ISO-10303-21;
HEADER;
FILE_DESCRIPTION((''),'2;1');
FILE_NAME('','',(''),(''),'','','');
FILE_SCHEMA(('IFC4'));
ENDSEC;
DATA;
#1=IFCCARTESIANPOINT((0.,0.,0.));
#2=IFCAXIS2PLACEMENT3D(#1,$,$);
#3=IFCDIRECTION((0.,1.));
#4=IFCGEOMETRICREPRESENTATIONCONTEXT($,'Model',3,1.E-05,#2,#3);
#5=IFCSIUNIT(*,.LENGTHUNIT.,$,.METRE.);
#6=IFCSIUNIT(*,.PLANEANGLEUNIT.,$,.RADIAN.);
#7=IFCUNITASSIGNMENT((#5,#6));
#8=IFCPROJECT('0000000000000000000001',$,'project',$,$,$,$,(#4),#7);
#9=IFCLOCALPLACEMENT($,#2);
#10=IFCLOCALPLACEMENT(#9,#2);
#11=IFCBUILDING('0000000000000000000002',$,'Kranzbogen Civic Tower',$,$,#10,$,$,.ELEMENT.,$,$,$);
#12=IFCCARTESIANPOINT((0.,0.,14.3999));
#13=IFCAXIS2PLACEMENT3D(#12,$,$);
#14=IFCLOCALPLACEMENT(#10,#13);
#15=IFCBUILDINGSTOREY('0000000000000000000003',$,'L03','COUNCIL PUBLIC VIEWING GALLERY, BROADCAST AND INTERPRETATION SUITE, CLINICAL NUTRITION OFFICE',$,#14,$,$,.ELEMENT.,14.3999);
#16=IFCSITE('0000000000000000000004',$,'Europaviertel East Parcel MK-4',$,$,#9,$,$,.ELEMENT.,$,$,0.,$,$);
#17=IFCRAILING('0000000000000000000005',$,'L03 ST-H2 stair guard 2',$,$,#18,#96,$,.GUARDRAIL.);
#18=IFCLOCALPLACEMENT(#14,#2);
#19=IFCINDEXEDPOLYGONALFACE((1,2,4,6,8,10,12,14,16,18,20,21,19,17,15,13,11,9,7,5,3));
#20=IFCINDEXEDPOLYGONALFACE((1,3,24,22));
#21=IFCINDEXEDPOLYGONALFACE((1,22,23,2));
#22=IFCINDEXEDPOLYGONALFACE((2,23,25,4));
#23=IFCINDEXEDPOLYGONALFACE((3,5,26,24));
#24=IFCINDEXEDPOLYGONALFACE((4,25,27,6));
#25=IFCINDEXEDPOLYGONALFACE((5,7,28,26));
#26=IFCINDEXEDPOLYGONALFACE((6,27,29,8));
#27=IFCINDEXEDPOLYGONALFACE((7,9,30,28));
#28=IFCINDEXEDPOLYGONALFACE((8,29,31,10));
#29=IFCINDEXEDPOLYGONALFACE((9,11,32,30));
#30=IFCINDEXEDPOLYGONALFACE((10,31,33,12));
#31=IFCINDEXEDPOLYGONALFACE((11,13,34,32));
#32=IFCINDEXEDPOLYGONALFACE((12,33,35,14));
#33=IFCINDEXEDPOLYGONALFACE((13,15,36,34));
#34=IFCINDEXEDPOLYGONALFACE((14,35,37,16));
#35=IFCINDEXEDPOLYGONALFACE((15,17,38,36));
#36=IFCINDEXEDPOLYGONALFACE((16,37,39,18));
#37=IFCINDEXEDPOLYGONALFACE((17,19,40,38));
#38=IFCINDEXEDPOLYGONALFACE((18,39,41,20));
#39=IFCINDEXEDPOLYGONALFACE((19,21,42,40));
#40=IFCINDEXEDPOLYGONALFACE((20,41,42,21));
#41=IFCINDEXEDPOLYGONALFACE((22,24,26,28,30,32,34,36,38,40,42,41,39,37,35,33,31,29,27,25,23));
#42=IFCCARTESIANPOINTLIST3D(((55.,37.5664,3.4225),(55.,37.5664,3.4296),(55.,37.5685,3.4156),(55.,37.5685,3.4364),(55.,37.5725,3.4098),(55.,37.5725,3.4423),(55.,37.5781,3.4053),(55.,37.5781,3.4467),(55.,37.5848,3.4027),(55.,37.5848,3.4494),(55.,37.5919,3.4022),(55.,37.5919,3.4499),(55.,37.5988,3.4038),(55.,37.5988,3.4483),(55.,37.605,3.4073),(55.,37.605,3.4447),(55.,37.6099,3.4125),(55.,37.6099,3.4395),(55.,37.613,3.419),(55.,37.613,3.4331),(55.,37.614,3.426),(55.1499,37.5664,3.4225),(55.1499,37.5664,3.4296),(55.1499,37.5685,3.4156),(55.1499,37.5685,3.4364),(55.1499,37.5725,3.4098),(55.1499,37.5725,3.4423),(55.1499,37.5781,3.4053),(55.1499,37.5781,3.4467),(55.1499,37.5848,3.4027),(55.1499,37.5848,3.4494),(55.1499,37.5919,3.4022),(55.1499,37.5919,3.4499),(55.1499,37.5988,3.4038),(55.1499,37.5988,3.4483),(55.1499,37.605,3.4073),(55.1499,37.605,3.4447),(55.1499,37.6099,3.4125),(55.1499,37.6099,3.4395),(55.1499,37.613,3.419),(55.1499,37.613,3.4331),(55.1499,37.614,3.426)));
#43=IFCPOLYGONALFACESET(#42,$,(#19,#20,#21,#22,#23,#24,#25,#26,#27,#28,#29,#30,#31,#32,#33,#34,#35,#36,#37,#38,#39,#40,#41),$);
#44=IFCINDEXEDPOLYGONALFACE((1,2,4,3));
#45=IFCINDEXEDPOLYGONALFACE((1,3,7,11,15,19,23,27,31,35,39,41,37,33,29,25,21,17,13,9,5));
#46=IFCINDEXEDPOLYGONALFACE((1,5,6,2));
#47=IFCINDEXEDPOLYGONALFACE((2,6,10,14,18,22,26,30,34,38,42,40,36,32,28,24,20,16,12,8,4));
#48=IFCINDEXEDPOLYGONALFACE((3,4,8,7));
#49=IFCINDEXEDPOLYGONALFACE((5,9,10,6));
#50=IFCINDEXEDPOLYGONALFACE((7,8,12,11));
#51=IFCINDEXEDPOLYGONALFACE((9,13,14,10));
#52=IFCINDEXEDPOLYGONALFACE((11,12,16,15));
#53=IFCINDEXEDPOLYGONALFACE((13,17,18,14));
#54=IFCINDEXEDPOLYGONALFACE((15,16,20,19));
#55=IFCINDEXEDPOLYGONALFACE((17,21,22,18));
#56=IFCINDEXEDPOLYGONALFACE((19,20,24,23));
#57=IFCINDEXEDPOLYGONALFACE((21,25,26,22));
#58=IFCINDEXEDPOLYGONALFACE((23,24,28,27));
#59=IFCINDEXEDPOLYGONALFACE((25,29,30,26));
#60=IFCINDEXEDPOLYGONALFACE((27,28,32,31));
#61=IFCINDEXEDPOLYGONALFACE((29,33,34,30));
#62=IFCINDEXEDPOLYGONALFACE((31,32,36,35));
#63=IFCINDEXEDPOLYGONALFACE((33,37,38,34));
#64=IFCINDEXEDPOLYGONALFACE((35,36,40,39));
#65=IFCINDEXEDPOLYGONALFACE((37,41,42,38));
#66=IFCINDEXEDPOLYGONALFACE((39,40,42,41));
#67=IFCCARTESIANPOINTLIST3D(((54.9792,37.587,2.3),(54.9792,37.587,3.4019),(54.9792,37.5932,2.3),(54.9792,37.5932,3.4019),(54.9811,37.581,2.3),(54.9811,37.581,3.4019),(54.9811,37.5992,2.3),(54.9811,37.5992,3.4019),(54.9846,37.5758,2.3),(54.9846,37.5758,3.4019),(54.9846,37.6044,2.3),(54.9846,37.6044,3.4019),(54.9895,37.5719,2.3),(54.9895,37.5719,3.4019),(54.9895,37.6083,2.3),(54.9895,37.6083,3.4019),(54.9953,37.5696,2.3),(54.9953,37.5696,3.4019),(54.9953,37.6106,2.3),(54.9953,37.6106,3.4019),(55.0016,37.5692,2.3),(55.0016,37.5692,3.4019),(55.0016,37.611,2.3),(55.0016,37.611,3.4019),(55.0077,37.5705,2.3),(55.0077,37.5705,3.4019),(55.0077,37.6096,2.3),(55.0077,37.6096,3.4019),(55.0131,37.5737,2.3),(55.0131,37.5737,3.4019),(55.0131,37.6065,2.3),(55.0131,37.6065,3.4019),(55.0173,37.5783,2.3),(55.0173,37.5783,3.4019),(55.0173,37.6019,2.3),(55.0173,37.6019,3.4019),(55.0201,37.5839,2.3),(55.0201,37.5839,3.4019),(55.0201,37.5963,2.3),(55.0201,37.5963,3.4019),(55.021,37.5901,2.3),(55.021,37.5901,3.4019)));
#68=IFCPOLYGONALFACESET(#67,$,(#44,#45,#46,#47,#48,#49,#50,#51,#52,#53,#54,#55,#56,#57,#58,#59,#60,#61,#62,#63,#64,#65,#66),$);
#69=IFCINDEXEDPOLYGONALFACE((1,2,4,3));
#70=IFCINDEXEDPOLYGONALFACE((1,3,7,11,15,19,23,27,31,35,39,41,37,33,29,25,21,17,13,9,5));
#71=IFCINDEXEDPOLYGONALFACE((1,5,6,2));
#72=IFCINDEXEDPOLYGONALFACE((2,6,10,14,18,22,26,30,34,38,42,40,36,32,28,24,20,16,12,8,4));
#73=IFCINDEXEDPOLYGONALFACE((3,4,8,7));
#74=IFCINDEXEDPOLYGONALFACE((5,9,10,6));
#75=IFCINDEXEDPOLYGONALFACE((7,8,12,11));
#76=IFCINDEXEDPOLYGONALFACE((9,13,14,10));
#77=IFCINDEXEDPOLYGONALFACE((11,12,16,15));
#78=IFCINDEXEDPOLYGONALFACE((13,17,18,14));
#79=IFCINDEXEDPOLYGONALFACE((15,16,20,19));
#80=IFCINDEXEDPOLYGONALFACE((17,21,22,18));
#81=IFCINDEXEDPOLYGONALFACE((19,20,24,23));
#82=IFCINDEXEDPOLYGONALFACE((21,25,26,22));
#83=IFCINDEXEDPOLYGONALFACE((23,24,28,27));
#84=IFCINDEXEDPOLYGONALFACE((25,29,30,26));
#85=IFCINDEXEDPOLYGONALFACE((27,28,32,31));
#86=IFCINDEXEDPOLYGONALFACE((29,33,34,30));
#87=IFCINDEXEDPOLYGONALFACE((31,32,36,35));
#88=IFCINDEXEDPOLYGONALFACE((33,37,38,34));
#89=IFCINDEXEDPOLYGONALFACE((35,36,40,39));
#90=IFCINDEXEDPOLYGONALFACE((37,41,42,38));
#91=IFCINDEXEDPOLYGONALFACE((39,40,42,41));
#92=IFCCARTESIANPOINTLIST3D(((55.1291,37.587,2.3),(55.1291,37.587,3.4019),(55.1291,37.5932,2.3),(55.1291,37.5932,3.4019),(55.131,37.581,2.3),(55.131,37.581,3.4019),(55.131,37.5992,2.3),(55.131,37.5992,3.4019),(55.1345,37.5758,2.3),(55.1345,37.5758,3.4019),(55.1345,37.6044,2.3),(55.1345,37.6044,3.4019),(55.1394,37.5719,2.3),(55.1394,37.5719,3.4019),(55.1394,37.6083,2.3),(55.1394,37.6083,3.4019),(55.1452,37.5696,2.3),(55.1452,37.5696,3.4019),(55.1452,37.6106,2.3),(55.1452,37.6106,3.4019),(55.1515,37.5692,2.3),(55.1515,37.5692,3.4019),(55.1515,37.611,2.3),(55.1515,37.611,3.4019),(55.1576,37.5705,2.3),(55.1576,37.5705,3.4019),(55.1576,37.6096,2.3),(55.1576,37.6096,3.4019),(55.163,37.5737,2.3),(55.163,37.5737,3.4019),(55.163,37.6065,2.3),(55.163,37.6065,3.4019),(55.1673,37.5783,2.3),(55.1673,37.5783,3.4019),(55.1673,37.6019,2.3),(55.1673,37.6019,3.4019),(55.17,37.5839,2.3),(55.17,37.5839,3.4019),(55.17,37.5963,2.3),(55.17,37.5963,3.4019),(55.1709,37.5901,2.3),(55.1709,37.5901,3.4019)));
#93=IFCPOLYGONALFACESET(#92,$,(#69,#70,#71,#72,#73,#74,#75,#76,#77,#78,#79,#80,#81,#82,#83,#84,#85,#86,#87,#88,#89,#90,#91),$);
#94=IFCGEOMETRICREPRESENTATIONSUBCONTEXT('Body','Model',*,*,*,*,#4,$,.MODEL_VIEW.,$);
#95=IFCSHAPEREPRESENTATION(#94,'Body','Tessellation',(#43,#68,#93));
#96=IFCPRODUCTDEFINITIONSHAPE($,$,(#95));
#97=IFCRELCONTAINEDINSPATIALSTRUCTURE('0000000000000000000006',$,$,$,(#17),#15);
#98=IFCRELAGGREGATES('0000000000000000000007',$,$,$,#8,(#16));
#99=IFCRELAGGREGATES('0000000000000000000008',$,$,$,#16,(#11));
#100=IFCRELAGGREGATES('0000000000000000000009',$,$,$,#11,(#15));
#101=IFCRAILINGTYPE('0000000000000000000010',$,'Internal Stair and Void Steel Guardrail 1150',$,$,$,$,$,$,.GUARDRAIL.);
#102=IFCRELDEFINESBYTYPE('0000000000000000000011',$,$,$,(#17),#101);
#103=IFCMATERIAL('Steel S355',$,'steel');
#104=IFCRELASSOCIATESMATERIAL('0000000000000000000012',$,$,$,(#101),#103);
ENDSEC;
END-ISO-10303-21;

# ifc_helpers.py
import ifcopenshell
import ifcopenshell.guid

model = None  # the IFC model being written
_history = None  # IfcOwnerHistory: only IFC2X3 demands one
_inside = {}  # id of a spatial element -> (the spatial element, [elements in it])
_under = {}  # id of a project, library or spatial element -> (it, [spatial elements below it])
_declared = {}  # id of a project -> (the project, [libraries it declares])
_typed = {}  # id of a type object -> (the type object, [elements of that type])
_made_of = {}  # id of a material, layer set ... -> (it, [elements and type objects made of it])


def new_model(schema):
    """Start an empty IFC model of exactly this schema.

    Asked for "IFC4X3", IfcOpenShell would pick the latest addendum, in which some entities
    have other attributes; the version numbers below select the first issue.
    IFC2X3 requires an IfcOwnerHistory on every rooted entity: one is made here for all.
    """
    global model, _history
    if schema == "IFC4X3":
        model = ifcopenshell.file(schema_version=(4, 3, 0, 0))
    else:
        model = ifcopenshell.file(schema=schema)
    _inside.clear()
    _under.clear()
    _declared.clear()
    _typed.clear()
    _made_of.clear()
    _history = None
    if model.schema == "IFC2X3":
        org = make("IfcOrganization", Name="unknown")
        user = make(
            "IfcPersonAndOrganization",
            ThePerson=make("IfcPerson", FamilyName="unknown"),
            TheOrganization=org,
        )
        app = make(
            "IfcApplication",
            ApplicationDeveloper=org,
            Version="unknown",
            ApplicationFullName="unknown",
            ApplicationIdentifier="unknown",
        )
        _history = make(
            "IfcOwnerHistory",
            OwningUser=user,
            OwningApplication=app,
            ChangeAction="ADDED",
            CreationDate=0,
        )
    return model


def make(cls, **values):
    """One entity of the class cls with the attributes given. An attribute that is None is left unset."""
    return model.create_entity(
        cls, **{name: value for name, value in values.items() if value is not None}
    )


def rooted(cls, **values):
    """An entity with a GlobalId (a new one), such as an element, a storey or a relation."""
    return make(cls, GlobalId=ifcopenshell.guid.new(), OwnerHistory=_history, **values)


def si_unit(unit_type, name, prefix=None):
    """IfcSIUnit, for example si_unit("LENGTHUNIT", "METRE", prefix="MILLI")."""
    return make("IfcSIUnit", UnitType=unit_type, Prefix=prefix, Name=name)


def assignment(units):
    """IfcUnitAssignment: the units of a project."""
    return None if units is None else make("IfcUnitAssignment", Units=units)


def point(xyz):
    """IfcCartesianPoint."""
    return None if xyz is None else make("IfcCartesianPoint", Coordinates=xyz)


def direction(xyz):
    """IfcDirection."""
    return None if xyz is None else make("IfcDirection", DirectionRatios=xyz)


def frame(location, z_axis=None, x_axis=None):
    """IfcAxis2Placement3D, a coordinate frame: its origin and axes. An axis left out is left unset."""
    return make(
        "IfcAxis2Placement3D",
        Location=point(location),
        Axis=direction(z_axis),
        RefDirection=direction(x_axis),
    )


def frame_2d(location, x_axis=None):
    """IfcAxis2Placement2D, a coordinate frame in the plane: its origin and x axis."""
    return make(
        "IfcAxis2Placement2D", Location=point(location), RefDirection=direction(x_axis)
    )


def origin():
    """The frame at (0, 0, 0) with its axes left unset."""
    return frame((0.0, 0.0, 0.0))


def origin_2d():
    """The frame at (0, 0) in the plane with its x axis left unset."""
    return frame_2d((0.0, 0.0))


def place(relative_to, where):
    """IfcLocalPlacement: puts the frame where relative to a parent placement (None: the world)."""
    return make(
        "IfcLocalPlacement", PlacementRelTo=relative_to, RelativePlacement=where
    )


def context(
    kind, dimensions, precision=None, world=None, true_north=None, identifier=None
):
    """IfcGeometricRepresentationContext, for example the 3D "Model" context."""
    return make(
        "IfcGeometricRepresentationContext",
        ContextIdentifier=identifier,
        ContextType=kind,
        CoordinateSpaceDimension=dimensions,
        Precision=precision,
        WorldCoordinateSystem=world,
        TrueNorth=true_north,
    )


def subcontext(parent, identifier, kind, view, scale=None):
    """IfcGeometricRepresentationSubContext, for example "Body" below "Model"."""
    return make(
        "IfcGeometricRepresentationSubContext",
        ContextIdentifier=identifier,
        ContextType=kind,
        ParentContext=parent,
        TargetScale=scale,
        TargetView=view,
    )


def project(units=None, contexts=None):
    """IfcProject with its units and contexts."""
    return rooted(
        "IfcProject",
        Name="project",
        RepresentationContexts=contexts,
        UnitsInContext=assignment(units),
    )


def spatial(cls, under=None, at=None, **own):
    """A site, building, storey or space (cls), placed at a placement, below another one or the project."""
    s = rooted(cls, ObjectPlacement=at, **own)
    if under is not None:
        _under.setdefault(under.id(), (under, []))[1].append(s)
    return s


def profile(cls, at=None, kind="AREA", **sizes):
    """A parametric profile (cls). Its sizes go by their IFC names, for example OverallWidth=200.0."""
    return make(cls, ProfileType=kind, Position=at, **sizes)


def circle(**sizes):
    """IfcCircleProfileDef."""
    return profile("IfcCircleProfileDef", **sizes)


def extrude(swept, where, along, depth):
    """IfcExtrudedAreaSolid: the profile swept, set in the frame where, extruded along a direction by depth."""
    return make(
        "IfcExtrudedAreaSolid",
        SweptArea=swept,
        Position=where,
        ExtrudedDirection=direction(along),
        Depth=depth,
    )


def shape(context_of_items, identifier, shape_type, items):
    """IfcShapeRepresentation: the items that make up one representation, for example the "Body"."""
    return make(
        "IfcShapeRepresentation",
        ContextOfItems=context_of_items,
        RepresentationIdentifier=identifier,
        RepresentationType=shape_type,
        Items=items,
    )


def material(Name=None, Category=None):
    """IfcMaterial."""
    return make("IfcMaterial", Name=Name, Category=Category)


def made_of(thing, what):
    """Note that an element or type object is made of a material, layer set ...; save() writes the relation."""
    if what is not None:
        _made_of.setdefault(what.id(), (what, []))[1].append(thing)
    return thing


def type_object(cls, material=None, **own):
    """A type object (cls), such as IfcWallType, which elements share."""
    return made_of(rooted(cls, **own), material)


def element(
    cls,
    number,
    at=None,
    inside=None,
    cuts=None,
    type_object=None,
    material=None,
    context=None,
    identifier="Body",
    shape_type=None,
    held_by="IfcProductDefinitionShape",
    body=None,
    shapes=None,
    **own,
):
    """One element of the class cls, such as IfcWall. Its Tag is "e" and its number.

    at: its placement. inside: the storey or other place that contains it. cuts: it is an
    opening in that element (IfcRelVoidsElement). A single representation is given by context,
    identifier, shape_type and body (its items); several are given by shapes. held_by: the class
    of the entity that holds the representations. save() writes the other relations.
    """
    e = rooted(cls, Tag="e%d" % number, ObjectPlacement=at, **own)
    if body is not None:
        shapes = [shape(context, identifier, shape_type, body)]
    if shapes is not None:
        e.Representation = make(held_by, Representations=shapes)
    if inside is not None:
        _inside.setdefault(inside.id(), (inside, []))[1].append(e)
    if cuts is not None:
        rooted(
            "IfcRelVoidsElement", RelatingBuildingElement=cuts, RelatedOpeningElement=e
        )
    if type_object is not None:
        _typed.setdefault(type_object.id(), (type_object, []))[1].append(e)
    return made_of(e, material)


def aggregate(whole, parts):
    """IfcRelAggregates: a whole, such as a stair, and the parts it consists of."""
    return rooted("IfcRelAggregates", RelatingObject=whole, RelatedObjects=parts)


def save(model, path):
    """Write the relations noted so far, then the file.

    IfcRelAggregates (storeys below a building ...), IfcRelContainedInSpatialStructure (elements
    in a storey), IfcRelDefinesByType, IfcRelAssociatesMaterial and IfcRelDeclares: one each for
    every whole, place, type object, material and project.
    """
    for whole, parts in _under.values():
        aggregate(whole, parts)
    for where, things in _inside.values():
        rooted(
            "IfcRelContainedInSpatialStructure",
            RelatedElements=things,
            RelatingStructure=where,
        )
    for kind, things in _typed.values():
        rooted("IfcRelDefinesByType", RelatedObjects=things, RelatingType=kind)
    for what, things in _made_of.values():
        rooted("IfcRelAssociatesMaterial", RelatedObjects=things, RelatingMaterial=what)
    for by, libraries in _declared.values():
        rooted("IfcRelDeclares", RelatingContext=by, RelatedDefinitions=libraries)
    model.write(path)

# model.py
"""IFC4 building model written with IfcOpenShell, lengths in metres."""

from ifc_helpers import new_model, si_unit, direction, frame, origin, origin_2d, place, context, subcontext, project, spatial, circle, extrude, material, type_object, element, save


model = new_model("IFC4")

# Units and contexts
model_context = context("Model", 3, precision=1e-05, world=origin(), true_north=direction((0.0, 1.0)))
body_context = subcontext(model_context, "Body", "Model", "MODEL_VIEW")
ifc_project = project(units=[si_unit("LENGTHUNIT", "METRE"), si_unit("PLANEANGLEUNIT", "RADIAN")], contexts=[model_context])

# Site, building, storey
site_placement = place(None, origin())
site = spatial("IfcSite", under=ifc_project, at=site_placement, Name="Europaviertel East Parcel MK-4", CompositionType="ELEMENT", RefElevation=0.0)
building_placement = place(site_placement, origin())
building = spatial("IfcBuilding", under=site, at=building_placement, Name="Kranzbogen Civic Tower", CompositionType="ELEMENT")
storey_placement = place(building_placement, frame((0.0, 0.0, 14.3999)))
storey = spatial("IfcBuildingStorey", under=building, at=storey_placement, Name="L03", Description="COUNCIL PUBLIC VIEWING GALLERY, BROADCAST AND INTERPRETATION SUITE, CLINICAL NUTRITION OFFICE", CompositionType="ELEMENT", Elevation=14.3999)

# Shared definitions
ifc_material_1 = material(Name="Steel S355", Category="steel")

# Railing
railing_type_1 = type_object("IfcRailingType", Name="Internal Stair and Void Steel Guardrail 1150", PredefinedType="GUARDRAIL", material=ifc_material_1)
railing_1_placement = place(storey_placement, frame((55.0, 37.5901, 2.3)))
element("IfcRailing", 1, at=railing_1_placement, inside=storey, type_object=railing_type_1, Name="L03 ST-H2 stair guard 2", PredefinedType="GUARDRAIL", context=body_context, shape_type="SweptSolid", body=[
    extrude(circle(Radius=0.0239, at=origin_2d()), frame((0.0, 0.0, 1.126), z_axis=(1.0, 0.0, 0.0), x_axis=(0.0, 1.0, 0.0)), (0.0, 0.0, 1.0), 0.1499),
    extrude(circle(Radius=0.021, at=origin_2d()), origin(), (0.0, 0.0, 1.0), 1.1018),
    extrude(circle(Radius=0.021, at=origin_2d()), frame((0.1499, 0.0, 0.0)), (0.0, 0.0, 1.0), 1.1018),
])

save(model, "model.ifc")
